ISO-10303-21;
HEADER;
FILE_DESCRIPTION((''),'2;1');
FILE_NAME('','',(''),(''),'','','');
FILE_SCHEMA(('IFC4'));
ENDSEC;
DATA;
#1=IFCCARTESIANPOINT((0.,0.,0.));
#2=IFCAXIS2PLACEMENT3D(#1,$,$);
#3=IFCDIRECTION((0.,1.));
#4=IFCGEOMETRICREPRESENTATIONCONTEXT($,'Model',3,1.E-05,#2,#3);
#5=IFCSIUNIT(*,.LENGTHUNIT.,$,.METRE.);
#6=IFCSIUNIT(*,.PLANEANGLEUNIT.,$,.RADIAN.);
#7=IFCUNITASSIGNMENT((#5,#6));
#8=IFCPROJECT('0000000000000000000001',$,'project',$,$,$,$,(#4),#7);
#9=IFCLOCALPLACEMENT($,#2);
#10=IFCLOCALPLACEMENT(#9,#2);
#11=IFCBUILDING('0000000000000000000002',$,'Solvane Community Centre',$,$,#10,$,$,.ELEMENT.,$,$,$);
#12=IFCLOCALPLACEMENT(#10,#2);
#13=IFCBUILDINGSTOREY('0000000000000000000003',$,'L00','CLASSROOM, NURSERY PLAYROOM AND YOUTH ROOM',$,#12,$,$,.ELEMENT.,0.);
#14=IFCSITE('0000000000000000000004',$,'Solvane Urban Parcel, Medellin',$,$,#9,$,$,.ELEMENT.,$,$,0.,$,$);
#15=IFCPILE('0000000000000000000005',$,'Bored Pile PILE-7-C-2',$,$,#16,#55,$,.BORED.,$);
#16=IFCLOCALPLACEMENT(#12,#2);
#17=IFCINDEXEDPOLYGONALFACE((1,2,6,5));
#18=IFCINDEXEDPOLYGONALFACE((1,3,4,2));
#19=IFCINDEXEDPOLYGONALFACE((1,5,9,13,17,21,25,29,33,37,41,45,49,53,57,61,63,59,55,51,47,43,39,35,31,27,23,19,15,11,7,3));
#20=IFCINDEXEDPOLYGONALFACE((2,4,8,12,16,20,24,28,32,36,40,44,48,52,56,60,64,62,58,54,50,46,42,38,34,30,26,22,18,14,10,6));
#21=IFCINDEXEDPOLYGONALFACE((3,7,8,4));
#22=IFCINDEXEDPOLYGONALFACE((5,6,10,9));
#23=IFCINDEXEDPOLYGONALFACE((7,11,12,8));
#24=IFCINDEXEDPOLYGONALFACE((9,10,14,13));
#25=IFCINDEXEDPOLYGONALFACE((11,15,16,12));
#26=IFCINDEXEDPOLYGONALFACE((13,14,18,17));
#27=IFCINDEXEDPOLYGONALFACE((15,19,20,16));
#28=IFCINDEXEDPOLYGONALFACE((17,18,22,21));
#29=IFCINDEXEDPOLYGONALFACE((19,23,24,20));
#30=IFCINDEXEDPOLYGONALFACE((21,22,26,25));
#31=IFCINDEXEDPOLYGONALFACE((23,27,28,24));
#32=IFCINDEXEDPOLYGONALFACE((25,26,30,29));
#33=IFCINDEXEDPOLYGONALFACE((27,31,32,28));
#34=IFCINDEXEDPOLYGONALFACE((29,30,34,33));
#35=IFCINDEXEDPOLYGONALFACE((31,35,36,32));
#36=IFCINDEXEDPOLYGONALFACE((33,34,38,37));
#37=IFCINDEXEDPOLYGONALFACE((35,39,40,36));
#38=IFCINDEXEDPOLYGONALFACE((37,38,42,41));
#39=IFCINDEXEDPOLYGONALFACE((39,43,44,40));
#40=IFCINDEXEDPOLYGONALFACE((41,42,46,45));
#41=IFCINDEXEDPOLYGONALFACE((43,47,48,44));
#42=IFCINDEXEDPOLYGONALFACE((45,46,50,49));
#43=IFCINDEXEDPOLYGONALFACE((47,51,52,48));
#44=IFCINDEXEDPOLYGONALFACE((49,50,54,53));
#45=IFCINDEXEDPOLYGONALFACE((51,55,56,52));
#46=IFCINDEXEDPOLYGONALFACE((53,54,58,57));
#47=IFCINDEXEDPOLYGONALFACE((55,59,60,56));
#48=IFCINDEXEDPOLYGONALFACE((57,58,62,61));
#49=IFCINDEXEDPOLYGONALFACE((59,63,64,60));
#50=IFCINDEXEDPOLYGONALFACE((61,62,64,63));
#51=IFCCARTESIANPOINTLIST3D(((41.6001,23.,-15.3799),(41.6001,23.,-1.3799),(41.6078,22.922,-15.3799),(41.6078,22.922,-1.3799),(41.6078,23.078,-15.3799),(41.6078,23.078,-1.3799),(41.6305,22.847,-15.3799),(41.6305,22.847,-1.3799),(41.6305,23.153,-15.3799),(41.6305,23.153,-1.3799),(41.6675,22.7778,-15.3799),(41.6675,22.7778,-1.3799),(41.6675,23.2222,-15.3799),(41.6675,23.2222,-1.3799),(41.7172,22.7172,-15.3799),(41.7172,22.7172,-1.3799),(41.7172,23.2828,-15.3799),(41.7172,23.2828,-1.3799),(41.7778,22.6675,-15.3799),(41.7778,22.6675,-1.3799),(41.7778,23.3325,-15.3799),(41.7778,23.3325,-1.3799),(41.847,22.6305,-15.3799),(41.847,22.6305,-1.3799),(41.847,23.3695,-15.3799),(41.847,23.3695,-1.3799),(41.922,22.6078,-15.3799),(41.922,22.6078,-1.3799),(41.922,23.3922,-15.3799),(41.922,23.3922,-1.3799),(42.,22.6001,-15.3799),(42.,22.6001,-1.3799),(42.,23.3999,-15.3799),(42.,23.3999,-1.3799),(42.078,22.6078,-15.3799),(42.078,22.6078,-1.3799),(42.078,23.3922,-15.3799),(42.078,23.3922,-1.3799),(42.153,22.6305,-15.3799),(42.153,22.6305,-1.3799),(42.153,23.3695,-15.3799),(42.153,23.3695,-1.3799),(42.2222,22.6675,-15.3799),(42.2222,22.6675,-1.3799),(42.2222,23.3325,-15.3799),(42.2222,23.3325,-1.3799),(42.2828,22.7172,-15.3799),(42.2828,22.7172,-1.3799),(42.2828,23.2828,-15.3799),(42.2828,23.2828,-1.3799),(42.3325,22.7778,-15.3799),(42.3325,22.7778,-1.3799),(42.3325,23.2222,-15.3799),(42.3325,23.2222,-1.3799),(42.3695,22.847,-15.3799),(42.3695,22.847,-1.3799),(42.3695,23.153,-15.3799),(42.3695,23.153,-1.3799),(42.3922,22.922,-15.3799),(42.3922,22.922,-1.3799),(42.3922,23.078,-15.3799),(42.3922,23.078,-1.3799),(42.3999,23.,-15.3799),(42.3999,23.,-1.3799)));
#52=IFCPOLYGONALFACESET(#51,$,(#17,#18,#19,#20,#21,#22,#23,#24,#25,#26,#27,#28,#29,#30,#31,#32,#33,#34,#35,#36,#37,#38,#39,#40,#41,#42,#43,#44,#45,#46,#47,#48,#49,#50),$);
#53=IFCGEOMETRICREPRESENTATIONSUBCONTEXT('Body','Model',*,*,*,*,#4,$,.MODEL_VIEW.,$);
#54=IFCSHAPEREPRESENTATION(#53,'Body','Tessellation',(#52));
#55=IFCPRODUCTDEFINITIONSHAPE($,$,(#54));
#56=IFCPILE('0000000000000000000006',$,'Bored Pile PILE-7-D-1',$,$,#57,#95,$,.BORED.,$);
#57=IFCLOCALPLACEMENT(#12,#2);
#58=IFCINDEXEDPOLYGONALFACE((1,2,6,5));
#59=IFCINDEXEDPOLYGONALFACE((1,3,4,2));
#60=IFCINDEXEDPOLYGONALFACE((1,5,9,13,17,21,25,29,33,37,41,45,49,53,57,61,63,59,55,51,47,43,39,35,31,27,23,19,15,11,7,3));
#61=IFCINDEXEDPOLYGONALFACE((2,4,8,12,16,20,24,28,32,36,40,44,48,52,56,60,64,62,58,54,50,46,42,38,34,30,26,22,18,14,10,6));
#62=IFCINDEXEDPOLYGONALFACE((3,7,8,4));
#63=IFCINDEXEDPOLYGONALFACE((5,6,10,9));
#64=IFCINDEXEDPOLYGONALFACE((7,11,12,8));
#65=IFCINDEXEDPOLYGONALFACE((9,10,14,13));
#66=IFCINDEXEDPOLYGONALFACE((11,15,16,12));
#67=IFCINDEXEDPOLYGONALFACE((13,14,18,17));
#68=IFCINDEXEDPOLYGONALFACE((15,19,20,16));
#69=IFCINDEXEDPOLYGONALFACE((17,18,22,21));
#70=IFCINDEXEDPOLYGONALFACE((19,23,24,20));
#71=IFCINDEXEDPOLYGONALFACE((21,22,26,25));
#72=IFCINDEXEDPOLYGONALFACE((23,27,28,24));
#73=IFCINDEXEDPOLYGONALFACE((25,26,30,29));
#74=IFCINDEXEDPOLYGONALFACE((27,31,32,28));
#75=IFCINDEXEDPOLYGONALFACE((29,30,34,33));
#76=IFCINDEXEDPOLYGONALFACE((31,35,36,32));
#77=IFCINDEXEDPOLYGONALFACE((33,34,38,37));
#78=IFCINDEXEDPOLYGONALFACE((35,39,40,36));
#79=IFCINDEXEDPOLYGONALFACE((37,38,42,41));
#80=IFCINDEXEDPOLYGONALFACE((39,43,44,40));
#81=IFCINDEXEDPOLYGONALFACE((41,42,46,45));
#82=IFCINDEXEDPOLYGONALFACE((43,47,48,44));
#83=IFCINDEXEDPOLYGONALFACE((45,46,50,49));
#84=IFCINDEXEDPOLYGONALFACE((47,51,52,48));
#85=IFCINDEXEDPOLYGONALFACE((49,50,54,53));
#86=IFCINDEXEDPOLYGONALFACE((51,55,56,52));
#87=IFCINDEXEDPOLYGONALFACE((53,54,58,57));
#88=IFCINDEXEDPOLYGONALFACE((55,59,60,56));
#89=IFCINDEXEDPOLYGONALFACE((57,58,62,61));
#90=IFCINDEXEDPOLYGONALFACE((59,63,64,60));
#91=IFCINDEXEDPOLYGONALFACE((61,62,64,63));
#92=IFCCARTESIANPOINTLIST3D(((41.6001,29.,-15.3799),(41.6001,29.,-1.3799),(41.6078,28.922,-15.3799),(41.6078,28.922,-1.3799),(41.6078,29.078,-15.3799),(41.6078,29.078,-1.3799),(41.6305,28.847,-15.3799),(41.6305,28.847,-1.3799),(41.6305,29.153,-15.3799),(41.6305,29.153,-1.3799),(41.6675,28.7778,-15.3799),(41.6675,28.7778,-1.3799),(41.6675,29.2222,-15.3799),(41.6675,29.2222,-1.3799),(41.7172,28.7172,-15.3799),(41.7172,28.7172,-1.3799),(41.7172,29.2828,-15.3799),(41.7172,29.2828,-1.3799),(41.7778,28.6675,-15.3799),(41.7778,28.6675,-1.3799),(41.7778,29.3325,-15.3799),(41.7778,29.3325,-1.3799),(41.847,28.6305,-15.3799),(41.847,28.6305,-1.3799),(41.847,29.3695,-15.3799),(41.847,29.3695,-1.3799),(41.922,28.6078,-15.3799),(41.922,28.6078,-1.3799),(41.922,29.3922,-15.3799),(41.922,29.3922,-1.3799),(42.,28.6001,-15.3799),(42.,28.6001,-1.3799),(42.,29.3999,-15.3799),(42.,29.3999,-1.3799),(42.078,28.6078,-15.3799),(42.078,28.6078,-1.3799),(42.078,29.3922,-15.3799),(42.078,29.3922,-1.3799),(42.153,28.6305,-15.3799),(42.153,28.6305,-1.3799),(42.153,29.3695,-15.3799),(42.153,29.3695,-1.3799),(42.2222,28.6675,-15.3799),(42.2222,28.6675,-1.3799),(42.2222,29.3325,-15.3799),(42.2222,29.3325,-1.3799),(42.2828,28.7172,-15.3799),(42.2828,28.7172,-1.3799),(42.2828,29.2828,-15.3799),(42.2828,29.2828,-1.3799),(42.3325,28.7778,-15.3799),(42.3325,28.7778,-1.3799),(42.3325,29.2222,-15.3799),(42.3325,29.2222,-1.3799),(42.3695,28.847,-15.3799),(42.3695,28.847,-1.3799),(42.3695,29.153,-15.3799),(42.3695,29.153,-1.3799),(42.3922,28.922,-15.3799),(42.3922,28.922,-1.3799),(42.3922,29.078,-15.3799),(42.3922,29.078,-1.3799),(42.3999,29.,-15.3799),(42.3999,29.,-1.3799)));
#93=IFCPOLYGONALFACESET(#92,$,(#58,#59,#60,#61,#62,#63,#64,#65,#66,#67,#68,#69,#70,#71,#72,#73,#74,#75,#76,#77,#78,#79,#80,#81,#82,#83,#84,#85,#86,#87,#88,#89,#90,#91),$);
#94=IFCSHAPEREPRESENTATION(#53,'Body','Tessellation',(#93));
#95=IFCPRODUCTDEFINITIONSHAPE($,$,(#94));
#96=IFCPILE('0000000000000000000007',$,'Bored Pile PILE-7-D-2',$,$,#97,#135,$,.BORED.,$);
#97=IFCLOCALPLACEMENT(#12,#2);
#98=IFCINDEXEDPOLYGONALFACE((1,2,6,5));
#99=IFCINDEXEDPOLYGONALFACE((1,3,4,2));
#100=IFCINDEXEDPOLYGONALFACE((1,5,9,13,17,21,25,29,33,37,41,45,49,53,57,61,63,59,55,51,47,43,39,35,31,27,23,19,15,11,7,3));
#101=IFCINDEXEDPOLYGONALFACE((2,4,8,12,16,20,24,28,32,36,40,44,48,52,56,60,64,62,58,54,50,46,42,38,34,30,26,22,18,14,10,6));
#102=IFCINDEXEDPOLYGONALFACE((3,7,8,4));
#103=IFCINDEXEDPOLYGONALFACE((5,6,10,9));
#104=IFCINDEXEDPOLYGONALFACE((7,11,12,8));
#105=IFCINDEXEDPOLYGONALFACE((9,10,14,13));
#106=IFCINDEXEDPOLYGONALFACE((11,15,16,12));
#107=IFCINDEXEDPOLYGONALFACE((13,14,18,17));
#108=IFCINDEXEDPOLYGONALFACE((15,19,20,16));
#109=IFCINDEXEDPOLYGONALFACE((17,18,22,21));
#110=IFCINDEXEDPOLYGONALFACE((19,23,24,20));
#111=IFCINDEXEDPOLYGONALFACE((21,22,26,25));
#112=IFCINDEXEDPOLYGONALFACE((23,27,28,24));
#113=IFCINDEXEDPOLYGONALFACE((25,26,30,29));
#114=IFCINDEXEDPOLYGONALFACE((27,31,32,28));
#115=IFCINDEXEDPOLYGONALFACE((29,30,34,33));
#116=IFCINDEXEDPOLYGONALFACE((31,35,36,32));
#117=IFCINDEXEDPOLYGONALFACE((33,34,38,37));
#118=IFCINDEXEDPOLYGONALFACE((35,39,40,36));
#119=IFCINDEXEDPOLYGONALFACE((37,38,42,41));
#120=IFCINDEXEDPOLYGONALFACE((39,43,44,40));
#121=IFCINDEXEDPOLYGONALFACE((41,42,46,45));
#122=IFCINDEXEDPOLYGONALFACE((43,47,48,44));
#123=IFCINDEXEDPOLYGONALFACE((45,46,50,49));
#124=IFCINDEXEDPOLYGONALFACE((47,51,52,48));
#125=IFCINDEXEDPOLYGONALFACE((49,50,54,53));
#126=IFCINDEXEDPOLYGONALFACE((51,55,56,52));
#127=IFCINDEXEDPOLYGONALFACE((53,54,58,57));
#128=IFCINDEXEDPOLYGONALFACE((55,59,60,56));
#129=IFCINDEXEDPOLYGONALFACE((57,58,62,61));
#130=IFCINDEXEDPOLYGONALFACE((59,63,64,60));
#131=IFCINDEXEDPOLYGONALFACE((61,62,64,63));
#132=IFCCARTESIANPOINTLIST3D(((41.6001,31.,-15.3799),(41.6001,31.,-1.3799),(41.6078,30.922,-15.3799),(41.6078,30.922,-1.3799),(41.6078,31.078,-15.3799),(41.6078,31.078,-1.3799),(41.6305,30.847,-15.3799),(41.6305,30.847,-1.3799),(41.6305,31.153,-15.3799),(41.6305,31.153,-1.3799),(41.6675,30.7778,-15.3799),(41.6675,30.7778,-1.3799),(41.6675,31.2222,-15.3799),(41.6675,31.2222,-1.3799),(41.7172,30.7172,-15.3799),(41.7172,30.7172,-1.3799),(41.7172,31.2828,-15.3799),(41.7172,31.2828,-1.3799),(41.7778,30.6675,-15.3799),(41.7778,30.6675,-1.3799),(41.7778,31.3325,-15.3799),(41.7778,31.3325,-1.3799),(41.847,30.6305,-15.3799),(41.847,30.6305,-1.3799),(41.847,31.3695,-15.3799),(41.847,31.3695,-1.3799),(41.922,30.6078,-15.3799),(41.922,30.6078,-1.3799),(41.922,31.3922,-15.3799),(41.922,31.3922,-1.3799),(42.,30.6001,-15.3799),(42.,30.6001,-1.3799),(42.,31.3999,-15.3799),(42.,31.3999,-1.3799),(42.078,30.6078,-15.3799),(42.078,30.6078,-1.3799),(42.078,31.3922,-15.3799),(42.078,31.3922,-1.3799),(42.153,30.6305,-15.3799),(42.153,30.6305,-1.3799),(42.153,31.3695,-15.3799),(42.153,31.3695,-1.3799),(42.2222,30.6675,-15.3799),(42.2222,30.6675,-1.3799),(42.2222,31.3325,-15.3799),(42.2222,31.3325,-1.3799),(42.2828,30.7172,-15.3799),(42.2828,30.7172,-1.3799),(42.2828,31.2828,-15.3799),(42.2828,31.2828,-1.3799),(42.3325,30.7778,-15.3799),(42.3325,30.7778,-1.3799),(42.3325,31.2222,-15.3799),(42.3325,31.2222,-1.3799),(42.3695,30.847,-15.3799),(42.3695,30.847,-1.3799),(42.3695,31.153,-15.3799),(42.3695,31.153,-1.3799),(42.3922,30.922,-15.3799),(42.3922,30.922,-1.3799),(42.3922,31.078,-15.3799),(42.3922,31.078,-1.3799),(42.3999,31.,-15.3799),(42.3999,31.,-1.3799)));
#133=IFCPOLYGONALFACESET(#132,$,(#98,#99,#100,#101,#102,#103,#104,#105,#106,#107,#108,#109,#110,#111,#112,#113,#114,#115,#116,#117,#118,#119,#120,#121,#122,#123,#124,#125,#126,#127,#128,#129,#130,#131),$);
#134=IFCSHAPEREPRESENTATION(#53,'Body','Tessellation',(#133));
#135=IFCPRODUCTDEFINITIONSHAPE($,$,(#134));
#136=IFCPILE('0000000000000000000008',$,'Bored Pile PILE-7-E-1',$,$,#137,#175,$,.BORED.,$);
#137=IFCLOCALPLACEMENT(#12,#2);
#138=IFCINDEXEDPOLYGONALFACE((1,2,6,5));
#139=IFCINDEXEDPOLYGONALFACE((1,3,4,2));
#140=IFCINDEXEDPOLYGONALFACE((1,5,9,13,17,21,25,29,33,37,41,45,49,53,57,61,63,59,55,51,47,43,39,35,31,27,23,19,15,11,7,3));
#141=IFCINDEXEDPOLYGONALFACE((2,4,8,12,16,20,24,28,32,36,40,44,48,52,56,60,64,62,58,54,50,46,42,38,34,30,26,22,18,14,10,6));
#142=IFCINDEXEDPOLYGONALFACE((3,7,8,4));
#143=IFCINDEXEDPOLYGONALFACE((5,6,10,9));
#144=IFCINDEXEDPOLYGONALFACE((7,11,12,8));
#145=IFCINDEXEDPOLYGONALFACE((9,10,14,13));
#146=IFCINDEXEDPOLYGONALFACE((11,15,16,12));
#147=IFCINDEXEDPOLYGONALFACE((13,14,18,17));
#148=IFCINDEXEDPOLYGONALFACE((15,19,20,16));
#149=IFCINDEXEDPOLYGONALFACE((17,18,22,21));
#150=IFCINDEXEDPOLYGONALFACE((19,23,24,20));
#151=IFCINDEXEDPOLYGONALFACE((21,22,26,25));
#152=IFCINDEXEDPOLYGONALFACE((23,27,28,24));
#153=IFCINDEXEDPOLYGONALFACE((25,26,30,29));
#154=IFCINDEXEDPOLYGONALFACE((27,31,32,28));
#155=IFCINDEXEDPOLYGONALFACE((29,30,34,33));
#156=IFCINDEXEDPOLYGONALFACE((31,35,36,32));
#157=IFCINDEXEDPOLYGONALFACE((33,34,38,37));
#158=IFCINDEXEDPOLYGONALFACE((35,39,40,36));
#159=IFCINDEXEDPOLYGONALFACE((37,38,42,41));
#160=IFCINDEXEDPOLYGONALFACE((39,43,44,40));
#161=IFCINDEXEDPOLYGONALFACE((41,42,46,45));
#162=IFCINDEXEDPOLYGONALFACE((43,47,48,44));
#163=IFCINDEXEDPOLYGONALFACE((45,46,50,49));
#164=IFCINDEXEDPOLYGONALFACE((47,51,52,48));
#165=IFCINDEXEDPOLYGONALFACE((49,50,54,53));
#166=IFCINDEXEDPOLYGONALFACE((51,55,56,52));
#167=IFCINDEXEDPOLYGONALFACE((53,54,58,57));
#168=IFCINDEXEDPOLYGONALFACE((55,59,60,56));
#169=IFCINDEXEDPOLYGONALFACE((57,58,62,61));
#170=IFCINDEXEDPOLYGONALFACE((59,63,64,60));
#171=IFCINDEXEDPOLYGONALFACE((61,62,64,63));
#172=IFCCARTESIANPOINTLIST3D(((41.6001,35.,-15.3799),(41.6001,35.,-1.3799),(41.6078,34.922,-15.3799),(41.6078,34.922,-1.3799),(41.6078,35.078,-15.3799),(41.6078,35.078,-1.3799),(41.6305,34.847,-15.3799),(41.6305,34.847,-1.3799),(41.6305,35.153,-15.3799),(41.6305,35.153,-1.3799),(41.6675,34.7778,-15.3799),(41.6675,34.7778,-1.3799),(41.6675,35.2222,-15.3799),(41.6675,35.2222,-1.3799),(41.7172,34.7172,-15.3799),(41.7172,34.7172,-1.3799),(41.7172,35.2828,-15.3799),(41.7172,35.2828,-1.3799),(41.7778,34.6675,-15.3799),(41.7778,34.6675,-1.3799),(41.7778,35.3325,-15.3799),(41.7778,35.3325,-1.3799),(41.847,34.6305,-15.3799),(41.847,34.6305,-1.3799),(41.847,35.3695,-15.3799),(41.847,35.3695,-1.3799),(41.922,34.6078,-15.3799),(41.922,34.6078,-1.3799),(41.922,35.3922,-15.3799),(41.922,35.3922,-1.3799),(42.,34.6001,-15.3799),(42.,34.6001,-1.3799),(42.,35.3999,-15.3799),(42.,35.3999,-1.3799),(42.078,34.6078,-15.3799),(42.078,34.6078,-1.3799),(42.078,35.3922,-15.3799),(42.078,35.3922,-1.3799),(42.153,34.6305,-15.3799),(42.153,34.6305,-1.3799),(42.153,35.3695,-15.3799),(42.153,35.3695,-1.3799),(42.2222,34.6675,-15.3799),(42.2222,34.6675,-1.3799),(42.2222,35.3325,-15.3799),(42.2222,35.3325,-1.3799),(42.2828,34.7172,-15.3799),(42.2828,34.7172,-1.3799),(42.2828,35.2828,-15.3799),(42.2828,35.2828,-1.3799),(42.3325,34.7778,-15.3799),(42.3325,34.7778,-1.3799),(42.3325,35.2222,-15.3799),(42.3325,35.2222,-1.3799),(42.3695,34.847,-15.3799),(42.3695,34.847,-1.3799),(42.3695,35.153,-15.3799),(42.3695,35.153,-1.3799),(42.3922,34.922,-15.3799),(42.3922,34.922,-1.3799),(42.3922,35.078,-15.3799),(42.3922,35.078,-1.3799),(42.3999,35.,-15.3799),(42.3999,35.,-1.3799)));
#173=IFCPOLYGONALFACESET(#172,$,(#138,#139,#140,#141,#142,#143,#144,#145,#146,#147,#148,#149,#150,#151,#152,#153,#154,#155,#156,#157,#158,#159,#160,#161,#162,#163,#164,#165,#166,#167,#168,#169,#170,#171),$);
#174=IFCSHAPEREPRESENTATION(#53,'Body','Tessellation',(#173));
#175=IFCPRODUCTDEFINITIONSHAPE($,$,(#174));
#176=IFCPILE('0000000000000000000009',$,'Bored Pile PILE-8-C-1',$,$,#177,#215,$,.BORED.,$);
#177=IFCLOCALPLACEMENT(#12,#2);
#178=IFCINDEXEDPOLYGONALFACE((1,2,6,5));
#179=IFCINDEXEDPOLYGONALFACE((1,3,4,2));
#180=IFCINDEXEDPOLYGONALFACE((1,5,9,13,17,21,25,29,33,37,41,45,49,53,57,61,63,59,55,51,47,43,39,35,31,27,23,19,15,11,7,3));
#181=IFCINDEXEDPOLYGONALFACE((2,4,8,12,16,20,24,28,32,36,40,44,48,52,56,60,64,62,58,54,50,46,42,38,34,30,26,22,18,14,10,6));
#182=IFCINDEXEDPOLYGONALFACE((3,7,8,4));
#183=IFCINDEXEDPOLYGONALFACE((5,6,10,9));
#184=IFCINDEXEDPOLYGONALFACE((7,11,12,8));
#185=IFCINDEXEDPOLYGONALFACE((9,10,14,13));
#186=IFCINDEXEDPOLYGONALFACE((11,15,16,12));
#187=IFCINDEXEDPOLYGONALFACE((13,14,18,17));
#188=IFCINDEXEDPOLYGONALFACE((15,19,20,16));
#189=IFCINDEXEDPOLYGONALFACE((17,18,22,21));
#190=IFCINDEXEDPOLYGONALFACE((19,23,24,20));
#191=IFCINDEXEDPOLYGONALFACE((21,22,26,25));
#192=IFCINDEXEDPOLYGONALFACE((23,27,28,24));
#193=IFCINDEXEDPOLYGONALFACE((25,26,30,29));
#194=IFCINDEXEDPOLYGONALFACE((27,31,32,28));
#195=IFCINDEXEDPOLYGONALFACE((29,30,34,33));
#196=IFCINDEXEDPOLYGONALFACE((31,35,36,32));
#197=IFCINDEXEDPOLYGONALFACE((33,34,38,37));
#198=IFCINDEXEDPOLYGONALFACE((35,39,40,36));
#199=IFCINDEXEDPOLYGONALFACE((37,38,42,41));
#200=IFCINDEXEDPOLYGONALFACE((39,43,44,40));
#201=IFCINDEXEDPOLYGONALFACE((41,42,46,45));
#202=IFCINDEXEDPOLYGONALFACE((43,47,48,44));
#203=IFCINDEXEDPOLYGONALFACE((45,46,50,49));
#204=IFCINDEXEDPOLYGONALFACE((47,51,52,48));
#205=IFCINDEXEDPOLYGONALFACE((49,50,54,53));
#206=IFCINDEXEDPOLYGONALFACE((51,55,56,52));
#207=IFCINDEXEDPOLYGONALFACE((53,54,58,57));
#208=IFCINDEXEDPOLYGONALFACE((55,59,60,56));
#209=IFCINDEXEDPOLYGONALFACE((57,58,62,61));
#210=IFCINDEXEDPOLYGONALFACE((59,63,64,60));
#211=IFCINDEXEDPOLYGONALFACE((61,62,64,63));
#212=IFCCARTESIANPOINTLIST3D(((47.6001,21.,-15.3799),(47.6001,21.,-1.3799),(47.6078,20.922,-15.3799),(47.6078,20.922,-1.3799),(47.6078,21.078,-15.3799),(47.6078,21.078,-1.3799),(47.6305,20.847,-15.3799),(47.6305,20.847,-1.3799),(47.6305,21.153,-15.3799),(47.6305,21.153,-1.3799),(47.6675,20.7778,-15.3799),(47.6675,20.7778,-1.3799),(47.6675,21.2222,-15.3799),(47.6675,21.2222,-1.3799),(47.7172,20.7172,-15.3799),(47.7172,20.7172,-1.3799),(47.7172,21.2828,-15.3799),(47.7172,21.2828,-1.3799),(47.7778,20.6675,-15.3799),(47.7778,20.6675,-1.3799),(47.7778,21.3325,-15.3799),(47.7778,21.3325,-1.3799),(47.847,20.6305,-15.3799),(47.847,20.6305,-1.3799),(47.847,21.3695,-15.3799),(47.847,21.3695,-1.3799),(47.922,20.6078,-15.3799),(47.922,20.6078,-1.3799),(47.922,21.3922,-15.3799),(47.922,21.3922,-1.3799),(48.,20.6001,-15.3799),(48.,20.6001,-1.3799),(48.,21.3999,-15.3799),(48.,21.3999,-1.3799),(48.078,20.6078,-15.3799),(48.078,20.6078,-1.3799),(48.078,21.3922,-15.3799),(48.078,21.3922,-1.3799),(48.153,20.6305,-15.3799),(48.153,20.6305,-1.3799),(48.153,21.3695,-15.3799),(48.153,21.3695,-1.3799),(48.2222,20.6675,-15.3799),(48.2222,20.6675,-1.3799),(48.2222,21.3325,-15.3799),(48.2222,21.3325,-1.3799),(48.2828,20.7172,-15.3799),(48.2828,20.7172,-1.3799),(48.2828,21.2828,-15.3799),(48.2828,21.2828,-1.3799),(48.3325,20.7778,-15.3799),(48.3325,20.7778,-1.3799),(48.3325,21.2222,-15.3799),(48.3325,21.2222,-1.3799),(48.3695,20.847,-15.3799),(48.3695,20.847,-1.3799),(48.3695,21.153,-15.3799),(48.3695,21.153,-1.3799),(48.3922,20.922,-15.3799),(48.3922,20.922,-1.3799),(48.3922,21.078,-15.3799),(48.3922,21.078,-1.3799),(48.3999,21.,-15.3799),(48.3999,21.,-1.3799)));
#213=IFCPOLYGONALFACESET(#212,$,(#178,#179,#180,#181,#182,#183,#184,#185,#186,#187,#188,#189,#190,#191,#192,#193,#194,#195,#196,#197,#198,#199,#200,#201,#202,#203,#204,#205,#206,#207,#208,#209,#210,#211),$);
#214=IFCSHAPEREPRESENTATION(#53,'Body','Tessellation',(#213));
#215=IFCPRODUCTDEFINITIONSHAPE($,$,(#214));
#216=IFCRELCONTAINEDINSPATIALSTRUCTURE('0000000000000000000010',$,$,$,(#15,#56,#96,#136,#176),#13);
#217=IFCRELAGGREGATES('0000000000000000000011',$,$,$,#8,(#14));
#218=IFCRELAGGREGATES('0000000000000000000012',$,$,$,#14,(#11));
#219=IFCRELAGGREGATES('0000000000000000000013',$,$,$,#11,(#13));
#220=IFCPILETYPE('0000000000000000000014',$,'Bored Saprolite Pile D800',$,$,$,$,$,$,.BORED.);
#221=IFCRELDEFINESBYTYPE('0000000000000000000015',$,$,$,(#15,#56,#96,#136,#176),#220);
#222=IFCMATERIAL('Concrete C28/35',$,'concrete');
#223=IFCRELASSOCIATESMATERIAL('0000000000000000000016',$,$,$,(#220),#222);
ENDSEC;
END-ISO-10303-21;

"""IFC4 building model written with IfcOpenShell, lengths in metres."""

from ifc_helpers import new_model, si_unit, direction, frame, origin, origin_2d, place, context, subcontext, project, spatial, circle, extrude, material, material_profile, profile_set, type_object, element, save


model = new_model("IFC4")

# Units and contexts
model_context = context("Model", 3, precision=1e-05, world=origin(), true_north=direction((0.0, 1.0)))
body_context = subcontext(model_context, "Body", "Model", "MODEL_VIEW")
ifc_project = project(units=[si_unit("LENGTHUNIT", "METRE"), si_unit("PLANEANGLEUNIT", "RADIAN")], contexts=[model_context])

# Site, building, storey
site_placement = place(None, origin())
site = spatial("IfcSite", under=ifc_project, at=site_placement, Name="Solvane Urban Parcel, Medellin", CompositionType="ELEMENT", RefElevation=0.0)
building_placement = place(site_placement, origin())
building = spatial("IfcBuilding", under=site, at=building_placement, Name="Solvane Community Centre", CompositionType="ELEMENT")
storey_placement = place(building_placement, origin())
storey = spatial("IfcBuildingStorey", under=building, at=storey_placement, Name="L00", Description="CLASSROOM, NURSERY PLAYROOM AND YOUTH ROOM", CompositionType="ELEMENT", Elevation=0.0)

# Piles
ifc_material_1 = material(Name="Concrete C28/35", Category="concrete")
ifc_material_profile_1 = material_profile(ifc_material_1, circle(Radius=0.3999, at=origin_2d()), Name="PILE D800")
ifc_profile_set_1 = profile_set([ifc_material_profile_1], Name="Concrete C28/35")
pile_type = type_object("IfcPileType", Name="Bored Saprolite Pile D800", PredefinedType="BORED", material=ifc_profile_set_1)
for number, where, z_axis, x_axis, name in (
    (1, (42.0, 23.0, -1.3799), (0.0, 0.0, -1.0), (1.0, 0.0, 0.0), "Bored Pile PILE-7-C-2"),
    (2, (42.0, 29.0, -1.3799), (0.0, 0.0, -1.0), (1.0, 0.0, 0.0), "Bored Pile PILE-7-D-1"),
    (3, (42.0, 31.0, -1.3799), (0.0, 0.0, -1.0), (1.0, 0.0, 0.0), "Bored Pile PILE-7-D-2"),
    (4, (42.0, 35.0, -1.3799), (0.0, 0.0, -1.0), (1.0, 0.0, 0.0), "Bored Pile PILE-7-E-1"),
    (5, (48.0, 21.0, -1.3799), (0.0, 0.0, -1.0), (1.0, 0.0, 0.0), "Bored Pile PILE-8-C-1"),
):
    element("IfcPile", number, at=place(storey_placement, frame(where, z_axis=z_axis, x_axis=x_axis)), inside=storey, type_object=pile_type, Name=name, PredefinedType="BORED", context=body_context, shape_type="SweptSolid", body=[
        extrude(circle(Radius=0.3999, at=origin_2d()), origin(), (0.0, 0.0, 1.0), 14.0),
    ])

save(model, "model.ifc")
